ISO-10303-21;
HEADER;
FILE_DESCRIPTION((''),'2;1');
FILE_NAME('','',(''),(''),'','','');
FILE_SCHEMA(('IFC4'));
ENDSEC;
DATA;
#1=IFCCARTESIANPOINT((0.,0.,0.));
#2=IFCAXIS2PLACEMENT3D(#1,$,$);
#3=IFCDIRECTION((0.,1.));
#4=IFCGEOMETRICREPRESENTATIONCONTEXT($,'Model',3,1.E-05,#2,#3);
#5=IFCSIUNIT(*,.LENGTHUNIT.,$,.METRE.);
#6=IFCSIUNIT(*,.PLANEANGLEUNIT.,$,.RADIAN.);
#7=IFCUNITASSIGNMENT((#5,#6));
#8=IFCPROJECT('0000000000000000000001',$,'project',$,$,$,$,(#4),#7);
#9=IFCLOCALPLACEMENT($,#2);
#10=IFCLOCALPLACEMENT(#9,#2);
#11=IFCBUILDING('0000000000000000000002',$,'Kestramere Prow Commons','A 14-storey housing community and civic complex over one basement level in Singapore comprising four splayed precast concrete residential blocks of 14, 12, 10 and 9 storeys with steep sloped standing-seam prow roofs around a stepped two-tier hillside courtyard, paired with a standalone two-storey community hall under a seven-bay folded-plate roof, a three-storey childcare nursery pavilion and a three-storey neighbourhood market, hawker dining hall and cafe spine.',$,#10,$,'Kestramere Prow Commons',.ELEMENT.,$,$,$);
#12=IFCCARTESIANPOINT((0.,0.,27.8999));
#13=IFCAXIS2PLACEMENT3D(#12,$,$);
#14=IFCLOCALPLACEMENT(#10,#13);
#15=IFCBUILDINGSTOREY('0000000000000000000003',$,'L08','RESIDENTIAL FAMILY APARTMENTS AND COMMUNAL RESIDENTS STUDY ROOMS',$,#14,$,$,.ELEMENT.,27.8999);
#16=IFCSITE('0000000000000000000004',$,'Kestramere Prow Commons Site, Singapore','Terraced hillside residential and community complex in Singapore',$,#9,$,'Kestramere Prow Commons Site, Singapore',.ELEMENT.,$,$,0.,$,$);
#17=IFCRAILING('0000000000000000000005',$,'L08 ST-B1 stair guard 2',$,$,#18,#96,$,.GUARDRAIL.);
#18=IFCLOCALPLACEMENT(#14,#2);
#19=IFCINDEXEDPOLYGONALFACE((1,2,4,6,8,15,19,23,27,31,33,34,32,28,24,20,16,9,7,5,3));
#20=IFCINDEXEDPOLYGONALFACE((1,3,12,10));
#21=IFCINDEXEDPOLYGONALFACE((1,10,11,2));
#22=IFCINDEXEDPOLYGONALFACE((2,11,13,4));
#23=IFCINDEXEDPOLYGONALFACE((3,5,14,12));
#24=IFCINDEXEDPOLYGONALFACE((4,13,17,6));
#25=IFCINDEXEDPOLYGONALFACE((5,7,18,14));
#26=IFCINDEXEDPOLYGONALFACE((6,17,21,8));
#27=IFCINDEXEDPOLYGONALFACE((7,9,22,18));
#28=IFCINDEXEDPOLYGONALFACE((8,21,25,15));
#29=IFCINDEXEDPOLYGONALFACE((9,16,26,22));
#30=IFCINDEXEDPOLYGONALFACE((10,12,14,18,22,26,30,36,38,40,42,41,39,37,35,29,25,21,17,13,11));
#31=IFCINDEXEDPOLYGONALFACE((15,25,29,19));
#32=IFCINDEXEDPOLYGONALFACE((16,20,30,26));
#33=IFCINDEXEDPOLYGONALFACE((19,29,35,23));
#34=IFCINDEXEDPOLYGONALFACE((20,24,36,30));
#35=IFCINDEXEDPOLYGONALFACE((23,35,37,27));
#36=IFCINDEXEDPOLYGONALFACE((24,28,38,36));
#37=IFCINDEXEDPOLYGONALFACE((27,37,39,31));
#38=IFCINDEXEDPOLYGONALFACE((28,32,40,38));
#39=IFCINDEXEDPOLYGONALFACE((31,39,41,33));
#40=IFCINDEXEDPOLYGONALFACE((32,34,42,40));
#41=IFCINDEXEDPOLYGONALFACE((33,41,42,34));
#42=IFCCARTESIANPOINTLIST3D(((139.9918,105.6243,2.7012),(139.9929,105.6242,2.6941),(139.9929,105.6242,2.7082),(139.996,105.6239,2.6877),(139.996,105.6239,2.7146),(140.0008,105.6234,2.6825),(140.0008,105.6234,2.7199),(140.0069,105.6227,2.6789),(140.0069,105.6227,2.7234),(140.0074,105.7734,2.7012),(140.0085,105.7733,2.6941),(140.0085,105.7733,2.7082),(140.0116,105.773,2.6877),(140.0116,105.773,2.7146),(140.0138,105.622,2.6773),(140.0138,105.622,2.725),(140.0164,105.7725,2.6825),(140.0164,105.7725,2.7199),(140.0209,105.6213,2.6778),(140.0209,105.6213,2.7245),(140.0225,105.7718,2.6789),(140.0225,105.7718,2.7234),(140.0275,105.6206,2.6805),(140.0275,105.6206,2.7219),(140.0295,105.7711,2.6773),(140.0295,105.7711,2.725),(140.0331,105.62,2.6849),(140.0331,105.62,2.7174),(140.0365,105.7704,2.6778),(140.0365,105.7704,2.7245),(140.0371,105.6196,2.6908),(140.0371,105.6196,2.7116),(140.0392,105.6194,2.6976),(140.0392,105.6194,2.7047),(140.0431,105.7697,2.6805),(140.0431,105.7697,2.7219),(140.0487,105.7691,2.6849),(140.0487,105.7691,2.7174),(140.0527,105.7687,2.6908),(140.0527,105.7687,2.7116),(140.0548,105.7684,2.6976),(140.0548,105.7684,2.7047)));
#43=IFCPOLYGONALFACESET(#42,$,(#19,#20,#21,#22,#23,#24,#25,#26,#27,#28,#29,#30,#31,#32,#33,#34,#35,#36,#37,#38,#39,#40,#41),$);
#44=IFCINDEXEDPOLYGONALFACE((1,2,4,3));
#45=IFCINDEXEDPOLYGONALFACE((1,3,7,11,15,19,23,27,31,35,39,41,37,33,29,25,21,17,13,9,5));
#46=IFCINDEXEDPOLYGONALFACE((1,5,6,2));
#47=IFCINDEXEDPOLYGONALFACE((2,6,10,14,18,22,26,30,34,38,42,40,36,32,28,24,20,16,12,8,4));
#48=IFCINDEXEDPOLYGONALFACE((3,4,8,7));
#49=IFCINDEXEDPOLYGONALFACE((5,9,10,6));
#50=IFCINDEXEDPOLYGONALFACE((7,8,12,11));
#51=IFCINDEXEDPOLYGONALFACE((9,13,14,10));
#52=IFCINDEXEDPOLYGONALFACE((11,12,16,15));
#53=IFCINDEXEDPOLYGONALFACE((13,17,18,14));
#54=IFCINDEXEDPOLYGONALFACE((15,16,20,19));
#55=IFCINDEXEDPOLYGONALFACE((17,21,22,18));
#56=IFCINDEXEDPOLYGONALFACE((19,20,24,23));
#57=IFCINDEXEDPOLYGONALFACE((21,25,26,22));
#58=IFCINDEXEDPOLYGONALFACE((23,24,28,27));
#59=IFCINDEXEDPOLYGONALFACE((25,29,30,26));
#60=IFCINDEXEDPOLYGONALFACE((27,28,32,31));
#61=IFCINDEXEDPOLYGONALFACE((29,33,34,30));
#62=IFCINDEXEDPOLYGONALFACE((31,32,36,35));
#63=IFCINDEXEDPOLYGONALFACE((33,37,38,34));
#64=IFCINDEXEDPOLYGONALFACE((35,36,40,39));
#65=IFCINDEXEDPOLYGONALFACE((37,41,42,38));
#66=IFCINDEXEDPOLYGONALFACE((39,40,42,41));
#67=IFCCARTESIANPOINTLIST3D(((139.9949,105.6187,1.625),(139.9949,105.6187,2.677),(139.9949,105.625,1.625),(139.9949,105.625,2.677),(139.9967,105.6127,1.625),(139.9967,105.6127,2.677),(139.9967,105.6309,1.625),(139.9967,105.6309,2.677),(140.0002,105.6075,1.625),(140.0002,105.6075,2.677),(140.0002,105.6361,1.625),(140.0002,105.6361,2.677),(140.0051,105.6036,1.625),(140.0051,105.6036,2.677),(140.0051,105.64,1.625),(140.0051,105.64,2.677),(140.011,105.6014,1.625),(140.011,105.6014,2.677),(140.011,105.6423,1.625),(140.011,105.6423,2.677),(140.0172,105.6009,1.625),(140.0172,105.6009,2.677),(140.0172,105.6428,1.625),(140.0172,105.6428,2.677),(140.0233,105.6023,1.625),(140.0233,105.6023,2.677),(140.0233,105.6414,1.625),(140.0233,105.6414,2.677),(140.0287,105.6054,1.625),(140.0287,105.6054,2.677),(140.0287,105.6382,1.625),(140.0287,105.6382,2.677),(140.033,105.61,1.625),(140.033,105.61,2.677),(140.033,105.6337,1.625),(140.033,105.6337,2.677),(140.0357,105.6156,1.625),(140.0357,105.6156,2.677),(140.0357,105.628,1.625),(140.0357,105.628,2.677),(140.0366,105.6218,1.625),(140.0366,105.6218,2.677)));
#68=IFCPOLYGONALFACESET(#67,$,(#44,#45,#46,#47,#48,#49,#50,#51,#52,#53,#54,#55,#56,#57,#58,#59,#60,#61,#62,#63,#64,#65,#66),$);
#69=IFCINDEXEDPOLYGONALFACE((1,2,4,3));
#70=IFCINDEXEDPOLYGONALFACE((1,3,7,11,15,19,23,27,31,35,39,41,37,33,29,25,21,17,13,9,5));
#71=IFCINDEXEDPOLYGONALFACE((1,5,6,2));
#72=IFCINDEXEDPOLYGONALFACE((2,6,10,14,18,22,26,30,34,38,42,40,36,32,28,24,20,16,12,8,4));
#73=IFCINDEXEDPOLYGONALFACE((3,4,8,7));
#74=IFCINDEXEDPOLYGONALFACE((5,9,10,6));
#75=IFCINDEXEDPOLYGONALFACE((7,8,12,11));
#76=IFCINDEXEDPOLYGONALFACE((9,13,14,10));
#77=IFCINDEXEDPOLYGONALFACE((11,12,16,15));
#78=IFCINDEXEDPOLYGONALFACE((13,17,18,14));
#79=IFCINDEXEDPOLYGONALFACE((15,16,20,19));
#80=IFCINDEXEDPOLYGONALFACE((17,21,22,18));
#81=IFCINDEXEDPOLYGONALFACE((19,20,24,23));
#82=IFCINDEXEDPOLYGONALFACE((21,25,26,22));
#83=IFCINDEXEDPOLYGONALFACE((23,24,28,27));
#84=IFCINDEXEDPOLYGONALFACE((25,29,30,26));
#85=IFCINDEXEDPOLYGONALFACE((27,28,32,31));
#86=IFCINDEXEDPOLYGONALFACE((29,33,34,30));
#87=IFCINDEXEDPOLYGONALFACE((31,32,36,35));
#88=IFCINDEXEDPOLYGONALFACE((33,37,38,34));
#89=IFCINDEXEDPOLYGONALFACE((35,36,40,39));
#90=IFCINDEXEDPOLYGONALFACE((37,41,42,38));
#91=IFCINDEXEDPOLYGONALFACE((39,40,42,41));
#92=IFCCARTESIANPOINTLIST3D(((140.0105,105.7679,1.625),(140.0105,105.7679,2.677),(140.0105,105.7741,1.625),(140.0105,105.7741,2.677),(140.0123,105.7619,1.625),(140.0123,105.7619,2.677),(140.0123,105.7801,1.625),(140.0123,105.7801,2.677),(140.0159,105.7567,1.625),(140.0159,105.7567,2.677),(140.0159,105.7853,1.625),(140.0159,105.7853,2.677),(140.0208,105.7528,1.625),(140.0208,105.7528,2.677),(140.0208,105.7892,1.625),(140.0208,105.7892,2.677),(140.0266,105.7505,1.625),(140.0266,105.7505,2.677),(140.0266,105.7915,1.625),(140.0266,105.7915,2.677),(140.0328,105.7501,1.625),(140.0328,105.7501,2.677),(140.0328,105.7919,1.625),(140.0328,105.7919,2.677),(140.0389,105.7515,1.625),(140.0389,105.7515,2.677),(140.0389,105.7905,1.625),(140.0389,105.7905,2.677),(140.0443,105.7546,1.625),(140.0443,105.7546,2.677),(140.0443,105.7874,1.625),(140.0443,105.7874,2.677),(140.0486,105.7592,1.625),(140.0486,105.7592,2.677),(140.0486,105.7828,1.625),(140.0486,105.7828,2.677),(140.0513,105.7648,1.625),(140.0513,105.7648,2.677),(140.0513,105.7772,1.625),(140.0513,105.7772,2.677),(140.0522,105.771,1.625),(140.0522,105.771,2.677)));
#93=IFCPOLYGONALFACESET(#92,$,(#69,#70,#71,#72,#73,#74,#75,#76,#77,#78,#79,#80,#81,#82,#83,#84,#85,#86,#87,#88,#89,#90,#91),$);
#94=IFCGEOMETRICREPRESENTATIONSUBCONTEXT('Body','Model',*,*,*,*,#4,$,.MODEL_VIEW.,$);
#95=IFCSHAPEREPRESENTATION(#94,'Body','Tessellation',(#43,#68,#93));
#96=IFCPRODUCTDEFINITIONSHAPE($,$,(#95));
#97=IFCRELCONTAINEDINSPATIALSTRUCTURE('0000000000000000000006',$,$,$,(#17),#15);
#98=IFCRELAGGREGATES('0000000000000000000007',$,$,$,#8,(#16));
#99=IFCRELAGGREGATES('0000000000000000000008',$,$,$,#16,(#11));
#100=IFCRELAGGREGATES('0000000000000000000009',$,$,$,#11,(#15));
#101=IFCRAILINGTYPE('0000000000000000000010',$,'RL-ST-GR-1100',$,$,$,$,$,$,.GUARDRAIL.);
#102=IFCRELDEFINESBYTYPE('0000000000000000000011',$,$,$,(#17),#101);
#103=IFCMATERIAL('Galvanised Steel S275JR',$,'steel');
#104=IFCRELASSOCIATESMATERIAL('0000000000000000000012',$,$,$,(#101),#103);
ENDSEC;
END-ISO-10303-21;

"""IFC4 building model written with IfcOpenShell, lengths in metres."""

from ifc_helpers import new_model, si_unit, direction, frame, origin, origin_2d, place, context, subcontext, project, spatial, circle, extrude, material, type_object, element, save


model = new_model("IFC4")

# Units and contexts
model_context = context("Model", 3, precision=1e-05, world=origin(), true_north=direction((0.0, 1.0)))
body_context = subcontext(model_context, "Body", "Model", "MODEL_VIEW")
ifc_project = project(units=[si_unit("LENGTHUNIT", "METRE"), si_unit("PLANEANGLEUNIT", "RADIAN")], contexts=[model_context])

# Site, building, storey
site_placement = place(None, origin())
site = spatial("IfcSite", under=ifc_project, at=site_placement, Name="Kestramere Prow Commons Site, Singapore", Description="Terraced hillside residential and community complex in Singapore", LongName="Kestramere Prow Commons Site, Singapore", CompositionType="ELEMENT", RefElevation=0.0)
building_placement = place(site_placement, origin())
building = spatial("IfcBuilding", under=site, at=building_placement, Name="Kestramere Prow Commons", Description="A 14-storey housing community and civic complex over one basement level in Singapore comprising four splayed precast concrete residential blocks of 14, 12, 10 and 9 storeys with steep sloped standing-seam prow roofs around a stepped two-tier hillside courtyard, paired with a standalone two-storey community hall under a seven-bay folded-plate roof, a three-storey childcare nursery pavilion and a three-storey neighbourhood market, hawker dining hall and cafe spine.", LongName="Kestramere Prow Commons", CompositionType="ELEMENT")
storey_placement = place(building_placement, frame((0.0, 0.0, 27.8999)))
storey = spatial("IfcBuildingStorey", under=building, at=storey_placement, Name="L08", Description="RESIDENTIAL FAMILY APARTMENTS AND COMMUNAL RESIDENTS STUDY ROOMS", CompositionType="ELEMENT", Elevation=27.8999)

# Railing
ifc_material_1 = material(Name="Galvanised Steel S275JR", Category="steel")
railing_type_1 = type_object("IfcRailingType", Name="RL-ST-GR-1100", PredefinedType="GUARDRAIL", material=ifc_material_1)
railing_1_placement = place(storey_placement, frame((140.0156, 105.6218, 1.625)))
element("IfcRailing", 1, at=railing_1_placement, inside=storey, type_object=railing_type_1, Name="L08 ST-B1 stair guard 2", PredefinedType="GUARDRAIL", context=body_context, shape_type="SweptSolid", body=[
    extrude(circle(Radius=0.0239, at=origin_2d()), frame((0.0, 0.0, 1.0762), z_axis=(0.104176, 0.994559, 0.0), x_axis=(-0.994559, 0.104176, 0.0)), (0.0, 0.0, 1.0), 0.1499),
    extrude(circle(Radius=0.021, at=origin_2d()), origin(), (0.0, 0.0, 1.0), 1.052),
    extrude(circle(Radius=0.021, at=origin_2d()), frame((0.0156, 0.1492, 0.0)), (0.0, 0.0, 1.0), 1.052),
])

save(model, "model.ifc")
